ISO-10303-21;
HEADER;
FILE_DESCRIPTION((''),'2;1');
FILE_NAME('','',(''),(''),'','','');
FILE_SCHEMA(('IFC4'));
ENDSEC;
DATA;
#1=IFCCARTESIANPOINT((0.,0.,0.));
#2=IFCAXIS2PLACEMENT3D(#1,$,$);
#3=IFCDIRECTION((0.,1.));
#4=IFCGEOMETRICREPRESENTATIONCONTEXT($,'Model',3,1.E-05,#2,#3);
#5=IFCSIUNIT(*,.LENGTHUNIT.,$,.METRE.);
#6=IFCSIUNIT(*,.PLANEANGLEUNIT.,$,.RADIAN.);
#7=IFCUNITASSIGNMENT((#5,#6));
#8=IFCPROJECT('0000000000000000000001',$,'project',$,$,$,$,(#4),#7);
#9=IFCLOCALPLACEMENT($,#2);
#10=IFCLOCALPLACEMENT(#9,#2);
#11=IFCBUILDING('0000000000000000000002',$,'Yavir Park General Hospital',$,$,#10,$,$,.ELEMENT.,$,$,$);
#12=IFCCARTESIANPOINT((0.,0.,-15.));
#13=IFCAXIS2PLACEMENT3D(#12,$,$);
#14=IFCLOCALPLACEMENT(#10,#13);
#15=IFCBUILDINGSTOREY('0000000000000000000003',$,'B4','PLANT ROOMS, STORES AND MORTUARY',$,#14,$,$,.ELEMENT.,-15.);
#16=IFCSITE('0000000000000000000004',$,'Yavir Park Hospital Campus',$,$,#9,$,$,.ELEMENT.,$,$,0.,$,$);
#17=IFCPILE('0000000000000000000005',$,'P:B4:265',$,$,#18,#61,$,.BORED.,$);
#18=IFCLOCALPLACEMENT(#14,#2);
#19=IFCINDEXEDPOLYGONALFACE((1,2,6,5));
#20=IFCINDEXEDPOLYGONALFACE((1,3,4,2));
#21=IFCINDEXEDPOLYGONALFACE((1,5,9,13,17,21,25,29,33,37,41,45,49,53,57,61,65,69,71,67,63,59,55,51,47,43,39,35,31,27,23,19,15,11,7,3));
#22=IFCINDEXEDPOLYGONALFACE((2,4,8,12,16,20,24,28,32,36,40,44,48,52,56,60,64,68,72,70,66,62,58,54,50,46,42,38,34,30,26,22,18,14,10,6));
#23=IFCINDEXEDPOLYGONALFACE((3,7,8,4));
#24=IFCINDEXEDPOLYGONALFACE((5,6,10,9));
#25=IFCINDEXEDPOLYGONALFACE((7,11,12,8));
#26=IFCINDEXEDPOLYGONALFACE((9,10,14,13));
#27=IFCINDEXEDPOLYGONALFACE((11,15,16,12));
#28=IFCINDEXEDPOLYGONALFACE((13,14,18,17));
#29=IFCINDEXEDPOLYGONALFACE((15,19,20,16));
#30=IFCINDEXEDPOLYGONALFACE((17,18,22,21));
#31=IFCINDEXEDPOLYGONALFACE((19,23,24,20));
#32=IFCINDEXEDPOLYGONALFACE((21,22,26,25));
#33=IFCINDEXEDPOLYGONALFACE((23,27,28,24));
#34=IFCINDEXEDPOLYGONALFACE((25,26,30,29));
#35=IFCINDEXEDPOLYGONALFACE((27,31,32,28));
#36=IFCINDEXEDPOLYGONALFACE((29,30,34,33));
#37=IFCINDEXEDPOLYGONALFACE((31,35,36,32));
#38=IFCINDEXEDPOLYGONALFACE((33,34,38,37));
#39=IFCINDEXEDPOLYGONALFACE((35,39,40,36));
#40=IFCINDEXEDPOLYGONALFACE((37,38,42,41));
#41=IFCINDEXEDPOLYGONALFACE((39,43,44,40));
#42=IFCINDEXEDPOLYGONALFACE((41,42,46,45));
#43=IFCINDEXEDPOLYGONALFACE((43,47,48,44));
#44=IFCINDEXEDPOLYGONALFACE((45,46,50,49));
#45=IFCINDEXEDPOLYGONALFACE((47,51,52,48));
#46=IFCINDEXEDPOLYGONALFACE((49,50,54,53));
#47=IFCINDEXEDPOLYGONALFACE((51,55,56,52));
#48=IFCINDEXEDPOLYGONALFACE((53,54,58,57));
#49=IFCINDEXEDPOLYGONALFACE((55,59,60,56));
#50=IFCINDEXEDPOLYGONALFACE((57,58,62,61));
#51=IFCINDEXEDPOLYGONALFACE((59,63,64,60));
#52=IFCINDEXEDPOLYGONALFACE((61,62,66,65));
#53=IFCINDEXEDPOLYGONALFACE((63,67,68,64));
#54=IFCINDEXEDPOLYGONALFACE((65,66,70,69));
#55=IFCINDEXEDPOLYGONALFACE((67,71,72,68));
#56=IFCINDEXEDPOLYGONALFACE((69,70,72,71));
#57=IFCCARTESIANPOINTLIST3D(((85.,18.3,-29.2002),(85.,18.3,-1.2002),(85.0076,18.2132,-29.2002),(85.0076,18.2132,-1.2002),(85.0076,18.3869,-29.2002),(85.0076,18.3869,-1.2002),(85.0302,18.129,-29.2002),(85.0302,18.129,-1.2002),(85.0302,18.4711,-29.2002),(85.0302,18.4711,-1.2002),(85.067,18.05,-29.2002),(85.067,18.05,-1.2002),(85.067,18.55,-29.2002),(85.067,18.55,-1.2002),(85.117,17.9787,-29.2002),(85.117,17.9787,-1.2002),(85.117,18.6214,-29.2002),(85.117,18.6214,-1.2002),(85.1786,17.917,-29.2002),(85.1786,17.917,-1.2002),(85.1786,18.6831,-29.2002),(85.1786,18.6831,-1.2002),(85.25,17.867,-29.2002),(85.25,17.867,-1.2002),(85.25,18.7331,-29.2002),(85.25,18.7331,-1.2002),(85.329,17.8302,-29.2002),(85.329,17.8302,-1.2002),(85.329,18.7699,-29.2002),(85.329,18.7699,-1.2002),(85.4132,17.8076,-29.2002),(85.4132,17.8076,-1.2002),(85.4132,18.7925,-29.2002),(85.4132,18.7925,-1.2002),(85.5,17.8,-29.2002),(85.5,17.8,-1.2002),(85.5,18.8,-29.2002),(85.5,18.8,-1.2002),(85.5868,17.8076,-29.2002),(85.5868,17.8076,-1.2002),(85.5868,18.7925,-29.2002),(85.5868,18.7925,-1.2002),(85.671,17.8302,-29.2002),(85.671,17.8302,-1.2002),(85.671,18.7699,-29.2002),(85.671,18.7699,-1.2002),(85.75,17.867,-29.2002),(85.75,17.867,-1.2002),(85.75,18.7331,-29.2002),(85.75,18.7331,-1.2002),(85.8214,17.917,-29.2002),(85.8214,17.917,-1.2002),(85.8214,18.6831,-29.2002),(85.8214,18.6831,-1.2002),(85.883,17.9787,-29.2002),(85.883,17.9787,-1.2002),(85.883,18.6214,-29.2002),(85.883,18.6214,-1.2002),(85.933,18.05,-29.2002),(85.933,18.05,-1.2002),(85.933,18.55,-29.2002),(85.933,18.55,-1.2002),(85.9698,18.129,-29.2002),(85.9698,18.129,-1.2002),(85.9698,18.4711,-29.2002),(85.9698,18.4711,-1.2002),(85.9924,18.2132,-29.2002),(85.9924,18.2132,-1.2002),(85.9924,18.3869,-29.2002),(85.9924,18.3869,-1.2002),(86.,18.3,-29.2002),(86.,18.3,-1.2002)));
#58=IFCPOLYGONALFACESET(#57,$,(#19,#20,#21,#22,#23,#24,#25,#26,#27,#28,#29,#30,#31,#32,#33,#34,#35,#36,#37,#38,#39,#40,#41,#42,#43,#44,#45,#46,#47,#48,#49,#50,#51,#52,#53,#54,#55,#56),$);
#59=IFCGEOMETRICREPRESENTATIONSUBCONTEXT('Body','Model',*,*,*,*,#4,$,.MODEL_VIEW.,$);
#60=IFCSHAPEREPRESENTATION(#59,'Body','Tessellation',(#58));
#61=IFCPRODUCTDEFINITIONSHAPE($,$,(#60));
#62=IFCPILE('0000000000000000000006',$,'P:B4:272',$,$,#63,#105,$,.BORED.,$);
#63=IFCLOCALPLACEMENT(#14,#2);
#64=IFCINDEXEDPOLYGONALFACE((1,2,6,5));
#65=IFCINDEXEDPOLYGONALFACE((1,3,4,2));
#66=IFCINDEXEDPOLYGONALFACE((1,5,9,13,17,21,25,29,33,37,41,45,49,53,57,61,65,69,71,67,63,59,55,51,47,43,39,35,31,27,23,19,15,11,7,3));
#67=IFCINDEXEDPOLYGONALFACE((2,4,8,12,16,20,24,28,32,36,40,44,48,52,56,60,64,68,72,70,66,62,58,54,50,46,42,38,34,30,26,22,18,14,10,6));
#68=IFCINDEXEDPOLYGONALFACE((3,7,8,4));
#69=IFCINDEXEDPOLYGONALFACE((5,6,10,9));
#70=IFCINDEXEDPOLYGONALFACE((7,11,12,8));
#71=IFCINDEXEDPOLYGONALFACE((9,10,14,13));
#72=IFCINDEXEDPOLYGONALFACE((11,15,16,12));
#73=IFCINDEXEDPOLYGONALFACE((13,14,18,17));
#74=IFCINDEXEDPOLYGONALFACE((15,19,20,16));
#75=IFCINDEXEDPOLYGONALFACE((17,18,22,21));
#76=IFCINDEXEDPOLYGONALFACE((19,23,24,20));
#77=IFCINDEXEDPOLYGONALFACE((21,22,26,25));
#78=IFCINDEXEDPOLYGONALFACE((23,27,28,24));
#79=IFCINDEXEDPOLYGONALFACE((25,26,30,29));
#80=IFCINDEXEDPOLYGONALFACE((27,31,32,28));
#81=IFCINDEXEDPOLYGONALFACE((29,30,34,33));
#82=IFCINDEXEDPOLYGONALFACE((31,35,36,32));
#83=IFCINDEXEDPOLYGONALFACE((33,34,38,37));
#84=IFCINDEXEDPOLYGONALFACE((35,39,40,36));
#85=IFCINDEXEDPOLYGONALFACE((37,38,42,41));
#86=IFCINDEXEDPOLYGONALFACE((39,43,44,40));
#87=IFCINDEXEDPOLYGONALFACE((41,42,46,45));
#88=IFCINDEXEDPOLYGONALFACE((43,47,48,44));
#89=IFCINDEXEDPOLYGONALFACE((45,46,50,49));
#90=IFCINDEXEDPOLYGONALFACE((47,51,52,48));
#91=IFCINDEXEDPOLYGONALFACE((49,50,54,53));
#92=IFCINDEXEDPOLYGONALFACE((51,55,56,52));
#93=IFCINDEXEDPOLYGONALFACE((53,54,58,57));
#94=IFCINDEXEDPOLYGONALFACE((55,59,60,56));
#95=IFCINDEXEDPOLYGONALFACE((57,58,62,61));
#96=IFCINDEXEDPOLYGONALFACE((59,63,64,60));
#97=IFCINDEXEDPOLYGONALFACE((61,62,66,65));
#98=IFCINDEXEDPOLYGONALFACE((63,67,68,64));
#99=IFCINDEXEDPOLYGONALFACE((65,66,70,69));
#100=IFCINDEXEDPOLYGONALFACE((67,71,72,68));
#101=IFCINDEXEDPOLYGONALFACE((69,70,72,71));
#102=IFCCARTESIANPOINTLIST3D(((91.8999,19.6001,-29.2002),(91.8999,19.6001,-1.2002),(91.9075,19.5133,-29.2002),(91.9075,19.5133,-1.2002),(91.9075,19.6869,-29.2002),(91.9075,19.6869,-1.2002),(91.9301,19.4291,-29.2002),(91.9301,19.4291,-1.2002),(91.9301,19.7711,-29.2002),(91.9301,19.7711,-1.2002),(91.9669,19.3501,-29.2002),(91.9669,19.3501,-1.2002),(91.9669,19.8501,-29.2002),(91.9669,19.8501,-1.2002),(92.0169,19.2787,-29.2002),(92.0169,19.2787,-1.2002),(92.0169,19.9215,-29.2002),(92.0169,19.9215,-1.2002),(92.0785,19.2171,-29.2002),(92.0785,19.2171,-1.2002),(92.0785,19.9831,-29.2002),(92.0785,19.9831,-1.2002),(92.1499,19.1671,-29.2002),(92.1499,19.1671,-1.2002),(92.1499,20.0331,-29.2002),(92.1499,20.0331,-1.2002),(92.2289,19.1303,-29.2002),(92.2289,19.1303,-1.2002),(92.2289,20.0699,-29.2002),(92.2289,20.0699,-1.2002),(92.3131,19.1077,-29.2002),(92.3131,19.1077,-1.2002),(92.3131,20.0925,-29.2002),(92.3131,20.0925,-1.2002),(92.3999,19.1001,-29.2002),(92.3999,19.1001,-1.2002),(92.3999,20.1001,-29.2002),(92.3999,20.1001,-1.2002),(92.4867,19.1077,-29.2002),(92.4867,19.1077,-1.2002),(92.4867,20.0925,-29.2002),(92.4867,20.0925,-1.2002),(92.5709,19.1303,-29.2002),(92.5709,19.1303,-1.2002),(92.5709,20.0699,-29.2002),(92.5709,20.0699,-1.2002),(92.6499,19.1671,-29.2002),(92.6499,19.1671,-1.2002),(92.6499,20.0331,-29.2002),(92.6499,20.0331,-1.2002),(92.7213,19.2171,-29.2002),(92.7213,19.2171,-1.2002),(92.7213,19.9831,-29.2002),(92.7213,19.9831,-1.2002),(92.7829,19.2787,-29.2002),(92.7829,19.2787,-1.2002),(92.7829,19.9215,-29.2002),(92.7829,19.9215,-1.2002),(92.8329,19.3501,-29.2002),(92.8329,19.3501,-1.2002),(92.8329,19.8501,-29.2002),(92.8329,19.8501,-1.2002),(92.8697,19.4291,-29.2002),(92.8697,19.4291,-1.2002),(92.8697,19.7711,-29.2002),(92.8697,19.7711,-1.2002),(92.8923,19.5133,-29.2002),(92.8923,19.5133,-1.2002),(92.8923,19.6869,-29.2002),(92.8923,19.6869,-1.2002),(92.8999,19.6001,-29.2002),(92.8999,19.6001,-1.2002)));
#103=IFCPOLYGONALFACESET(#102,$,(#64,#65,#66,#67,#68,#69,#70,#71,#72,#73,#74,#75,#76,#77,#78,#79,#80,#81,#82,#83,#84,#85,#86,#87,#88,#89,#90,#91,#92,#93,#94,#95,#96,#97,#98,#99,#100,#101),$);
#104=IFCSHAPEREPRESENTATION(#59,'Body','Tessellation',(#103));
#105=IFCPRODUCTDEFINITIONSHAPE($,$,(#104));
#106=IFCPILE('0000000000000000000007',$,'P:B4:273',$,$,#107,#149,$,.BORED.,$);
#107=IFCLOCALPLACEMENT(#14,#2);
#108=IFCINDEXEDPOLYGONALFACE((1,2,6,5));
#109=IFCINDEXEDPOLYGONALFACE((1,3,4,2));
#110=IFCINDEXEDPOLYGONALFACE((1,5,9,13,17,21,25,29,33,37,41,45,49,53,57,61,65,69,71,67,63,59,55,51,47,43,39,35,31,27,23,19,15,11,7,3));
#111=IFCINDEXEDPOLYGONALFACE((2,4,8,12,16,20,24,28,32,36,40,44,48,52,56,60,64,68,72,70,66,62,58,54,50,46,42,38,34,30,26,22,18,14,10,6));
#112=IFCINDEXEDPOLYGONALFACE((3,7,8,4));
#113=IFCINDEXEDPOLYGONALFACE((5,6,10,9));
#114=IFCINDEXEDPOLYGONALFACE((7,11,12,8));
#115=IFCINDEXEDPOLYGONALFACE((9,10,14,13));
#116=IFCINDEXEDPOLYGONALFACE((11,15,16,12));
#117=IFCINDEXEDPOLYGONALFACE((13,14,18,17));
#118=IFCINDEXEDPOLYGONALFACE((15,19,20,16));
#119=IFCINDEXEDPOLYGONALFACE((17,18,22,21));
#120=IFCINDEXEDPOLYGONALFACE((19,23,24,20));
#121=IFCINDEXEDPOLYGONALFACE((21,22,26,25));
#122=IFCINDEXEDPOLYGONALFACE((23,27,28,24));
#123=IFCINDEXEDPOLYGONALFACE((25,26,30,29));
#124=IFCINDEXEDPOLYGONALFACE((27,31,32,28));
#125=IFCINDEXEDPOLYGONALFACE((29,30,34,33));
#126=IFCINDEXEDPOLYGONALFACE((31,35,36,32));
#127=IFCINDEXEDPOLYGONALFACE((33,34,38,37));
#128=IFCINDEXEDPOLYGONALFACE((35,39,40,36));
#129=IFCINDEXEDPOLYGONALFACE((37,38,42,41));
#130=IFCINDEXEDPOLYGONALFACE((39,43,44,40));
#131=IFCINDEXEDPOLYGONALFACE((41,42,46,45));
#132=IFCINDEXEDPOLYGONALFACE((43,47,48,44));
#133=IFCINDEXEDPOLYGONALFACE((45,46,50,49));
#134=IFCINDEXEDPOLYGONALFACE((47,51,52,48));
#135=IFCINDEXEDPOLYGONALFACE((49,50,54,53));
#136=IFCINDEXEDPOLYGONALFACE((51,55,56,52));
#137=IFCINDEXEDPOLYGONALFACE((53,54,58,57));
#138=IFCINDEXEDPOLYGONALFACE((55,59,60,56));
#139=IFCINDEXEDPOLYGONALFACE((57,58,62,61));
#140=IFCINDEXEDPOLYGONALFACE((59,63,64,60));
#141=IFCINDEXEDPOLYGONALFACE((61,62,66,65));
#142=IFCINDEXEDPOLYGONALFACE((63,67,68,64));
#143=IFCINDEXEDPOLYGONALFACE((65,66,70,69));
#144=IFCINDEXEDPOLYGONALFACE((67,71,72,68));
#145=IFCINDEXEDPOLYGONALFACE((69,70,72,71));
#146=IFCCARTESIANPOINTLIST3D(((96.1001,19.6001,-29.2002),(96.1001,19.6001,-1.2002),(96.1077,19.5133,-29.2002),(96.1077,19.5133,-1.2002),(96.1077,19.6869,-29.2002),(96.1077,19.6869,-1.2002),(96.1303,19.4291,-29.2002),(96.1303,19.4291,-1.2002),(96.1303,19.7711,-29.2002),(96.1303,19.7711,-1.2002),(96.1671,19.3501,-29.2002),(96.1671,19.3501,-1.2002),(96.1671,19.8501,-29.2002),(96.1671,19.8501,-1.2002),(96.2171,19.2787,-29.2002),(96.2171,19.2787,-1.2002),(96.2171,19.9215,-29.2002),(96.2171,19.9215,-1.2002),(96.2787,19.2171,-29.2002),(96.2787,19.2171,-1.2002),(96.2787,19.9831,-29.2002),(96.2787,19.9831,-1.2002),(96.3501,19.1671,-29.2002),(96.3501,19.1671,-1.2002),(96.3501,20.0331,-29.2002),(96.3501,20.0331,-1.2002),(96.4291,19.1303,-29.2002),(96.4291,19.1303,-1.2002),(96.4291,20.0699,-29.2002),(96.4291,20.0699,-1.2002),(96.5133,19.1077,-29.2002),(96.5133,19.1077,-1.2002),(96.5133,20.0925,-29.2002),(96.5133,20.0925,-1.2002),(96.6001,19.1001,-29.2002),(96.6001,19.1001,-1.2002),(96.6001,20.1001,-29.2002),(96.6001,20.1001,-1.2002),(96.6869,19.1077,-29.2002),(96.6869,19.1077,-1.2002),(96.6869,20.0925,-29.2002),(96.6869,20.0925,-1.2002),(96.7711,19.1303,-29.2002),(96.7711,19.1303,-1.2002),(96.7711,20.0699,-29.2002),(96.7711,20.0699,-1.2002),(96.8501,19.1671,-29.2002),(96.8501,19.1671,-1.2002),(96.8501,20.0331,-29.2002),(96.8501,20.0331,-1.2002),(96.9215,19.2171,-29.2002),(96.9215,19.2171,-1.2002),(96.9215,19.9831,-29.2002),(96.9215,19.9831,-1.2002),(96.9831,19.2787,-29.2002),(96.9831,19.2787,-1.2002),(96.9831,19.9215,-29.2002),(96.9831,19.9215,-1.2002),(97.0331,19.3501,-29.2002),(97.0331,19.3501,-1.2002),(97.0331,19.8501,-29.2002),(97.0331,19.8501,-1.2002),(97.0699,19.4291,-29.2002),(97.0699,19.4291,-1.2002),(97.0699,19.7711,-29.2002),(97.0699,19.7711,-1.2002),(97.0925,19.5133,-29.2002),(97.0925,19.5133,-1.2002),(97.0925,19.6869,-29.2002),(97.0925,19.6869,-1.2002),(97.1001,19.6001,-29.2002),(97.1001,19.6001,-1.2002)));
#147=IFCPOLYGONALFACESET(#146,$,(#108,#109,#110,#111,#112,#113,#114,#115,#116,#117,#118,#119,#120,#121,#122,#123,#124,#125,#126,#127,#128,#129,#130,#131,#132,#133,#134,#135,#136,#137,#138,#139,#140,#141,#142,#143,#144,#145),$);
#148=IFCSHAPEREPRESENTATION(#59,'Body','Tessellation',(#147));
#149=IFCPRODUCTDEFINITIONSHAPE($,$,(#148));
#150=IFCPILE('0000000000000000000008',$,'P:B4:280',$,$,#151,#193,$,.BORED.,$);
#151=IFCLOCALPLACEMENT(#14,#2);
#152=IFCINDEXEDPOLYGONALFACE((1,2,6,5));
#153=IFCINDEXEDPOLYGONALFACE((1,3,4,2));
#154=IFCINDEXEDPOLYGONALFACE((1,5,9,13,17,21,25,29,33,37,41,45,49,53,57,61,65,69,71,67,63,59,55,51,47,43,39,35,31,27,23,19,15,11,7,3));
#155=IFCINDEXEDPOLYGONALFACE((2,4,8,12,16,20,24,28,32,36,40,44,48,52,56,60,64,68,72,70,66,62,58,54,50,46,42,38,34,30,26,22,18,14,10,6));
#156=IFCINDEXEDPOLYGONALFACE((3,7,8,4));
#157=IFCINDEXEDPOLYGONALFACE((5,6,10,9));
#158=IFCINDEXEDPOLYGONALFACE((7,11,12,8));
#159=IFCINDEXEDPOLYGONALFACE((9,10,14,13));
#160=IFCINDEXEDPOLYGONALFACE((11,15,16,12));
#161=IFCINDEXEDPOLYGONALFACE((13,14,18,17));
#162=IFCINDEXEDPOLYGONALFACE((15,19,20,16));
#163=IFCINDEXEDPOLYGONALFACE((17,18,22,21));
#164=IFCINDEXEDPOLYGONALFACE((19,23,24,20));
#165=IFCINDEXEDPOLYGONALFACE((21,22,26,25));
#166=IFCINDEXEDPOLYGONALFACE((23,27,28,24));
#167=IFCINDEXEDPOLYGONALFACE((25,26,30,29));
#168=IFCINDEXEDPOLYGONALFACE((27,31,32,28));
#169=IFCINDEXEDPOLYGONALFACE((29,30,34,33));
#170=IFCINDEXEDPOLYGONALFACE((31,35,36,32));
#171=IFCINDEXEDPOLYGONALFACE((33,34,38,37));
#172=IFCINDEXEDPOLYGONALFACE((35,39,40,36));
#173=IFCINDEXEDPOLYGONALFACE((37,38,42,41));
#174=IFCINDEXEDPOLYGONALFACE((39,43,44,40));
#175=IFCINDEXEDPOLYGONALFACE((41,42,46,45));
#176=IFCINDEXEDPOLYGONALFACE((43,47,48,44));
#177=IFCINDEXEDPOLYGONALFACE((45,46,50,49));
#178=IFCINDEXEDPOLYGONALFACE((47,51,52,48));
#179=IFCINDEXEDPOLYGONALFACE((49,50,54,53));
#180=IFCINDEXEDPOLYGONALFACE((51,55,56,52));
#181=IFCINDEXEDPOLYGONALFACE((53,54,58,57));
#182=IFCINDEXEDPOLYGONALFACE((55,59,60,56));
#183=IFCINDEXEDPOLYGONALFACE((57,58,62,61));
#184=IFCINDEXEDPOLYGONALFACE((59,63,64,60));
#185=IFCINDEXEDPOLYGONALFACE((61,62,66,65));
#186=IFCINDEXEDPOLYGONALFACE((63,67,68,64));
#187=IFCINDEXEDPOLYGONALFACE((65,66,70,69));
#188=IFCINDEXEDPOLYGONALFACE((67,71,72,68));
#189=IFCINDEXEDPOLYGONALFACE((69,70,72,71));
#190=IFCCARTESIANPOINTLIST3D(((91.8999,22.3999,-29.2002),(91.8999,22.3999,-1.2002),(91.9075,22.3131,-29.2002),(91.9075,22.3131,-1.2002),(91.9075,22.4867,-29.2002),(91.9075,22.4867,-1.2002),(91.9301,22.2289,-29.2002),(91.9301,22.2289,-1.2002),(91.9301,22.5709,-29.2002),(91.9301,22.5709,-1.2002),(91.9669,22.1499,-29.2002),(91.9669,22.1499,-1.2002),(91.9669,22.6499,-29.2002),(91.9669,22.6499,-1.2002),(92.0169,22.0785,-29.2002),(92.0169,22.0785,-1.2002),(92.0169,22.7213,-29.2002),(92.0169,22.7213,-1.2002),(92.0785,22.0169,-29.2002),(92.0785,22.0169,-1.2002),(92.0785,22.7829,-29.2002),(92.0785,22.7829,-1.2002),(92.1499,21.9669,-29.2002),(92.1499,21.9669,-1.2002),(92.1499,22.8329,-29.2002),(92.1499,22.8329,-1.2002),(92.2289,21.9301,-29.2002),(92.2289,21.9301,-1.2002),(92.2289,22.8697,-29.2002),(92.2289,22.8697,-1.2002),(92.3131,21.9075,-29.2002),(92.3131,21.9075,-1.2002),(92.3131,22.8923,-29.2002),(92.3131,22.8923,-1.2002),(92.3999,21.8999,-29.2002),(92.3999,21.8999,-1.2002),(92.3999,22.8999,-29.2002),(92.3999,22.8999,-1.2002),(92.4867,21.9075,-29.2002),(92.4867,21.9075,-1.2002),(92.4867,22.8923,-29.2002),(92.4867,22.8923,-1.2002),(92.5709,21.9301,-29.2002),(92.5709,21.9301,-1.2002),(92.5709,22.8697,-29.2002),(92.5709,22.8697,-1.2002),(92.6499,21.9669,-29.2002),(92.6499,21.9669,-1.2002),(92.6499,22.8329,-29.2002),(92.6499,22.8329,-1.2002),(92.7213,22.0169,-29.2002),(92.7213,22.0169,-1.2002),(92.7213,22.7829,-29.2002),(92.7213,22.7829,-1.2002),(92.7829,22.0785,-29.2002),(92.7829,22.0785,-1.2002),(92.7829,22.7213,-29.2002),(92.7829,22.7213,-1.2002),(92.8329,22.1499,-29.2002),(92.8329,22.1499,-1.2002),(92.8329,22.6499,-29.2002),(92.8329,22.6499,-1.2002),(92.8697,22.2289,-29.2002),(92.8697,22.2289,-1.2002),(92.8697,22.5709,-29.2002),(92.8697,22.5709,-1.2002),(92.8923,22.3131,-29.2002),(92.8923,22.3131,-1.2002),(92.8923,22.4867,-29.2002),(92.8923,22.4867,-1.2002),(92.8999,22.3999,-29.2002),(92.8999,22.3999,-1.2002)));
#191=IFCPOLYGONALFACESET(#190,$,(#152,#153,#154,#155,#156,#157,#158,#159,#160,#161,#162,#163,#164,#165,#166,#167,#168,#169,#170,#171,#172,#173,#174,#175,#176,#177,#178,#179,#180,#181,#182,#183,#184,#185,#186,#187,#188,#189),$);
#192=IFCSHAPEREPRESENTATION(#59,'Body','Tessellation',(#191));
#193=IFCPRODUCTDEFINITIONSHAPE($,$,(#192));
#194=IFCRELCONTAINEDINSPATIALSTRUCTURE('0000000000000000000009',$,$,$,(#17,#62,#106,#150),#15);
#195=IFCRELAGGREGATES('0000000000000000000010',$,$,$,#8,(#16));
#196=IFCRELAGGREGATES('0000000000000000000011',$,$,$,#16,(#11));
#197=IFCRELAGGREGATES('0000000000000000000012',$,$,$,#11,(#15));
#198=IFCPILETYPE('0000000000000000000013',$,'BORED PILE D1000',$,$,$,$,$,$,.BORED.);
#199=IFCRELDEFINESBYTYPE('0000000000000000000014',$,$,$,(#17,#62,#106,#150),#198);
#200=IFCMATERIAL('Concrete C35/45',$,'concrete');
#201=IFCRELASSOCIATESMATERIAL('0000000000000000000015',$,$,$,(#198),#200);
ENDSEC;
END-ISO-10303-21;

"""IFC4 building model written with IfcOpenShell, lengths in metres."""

from ifc_helpers import new_model, si_unit, direction, frame, origin, origin_2d, place, context, subcontext, project, spatial, circle, extrude, material, material_profile, profile_set, type_object, element, save


model = new_model("IFC4")

# Units and contexts
model_context = context("Model", 3, precision=1e-05, world=origin(), true_north=direction((0.0, 1.0)))
body_context = subcontext(model_context, "Body", "Model", "MODEL_VIEW")
ifc_project = project(units=[si_unit("LENGTHUNIT", "METRE"), si_unit("PLANEANGLEUNIT", "RADIAN")], contexts=[model_context])

# Site, building, storey
site_placement = place(None, origin())
site = spatial("IfcSite", under=ifc_project, at=site_placement, Name="Yavir Park Hospital Campus", CompositionType="ELEMENT", RefElevation=0.0)
building_placement = place(site_placement, origin())
building = spatial("IfcBuilding", under=site, at=building_placement, Name="Yavir Park General Hospital", CompositionType="ELEMENT")
storey_placement = place(building_placement, frame((0.0, 0.0, -15.0)))
storey = spatial("IfcBuildingStorey", under=building, at=storey_placement, Name="B4", Description="PLANT ROOMS, STORES AND MORTUARY", CompositionType="ELEMENT", Elevation=-15.0)

# Piles
ifc_material_1 = material(Name="Concrete C35/45", Category="concrete")
ifc_material_profile_1 = material_profile(ifc_material_1, circle(Radius=0.5, at=origin_2d()), Name="D1000")
ifc_profile_set_1 = profile_set([ifc_material_profile_1], Name="Concrete C35/45")
pile_type_1 = type_object("IfcPileType", Name="BORED PILE D1000", PredefinedType="BORED", material=ifc_profile_set_1)
for number, where, z_axis, x_axis, name in (
    (1, (85.5, 18.3, -1.2002), (0.0, 0.0, -1.0), (1.0, 0.0, 0.0), "P:B4:265"),
    (2, (92.3999, 19.6001, -1.2002), (0.0, 0.0, -1.0), (1.0, 0.0, 0.0), "P:B4:272"),
    (3, (96.6001, 19.6001, -1.2002), (0.0, 0.0, -1.0), (1.0, 0.0, 0.0), "P:B4:273"),
    (4, (92.3999, 22.3999, -1.2002), (0.0, 0.0, -1.0), (1.0, 0.0, 0.0), "P:B4:280"),
):
    element("IfcPile", number, at=place(storey_placement, frame(where, z_axis=z_axis, x_axis=x_axis)), inside=storey, type_object=pile_type_1, Name=name, PredefinedType="BORED", context=body_context, shape_type="SweptSolid", body=[
        extrude(circle(Radius=0.5, at=origin_2d()), origin(), (0.0, 0.0, 1.0), 28.0),
    ])

save(model, "model.ifc")
